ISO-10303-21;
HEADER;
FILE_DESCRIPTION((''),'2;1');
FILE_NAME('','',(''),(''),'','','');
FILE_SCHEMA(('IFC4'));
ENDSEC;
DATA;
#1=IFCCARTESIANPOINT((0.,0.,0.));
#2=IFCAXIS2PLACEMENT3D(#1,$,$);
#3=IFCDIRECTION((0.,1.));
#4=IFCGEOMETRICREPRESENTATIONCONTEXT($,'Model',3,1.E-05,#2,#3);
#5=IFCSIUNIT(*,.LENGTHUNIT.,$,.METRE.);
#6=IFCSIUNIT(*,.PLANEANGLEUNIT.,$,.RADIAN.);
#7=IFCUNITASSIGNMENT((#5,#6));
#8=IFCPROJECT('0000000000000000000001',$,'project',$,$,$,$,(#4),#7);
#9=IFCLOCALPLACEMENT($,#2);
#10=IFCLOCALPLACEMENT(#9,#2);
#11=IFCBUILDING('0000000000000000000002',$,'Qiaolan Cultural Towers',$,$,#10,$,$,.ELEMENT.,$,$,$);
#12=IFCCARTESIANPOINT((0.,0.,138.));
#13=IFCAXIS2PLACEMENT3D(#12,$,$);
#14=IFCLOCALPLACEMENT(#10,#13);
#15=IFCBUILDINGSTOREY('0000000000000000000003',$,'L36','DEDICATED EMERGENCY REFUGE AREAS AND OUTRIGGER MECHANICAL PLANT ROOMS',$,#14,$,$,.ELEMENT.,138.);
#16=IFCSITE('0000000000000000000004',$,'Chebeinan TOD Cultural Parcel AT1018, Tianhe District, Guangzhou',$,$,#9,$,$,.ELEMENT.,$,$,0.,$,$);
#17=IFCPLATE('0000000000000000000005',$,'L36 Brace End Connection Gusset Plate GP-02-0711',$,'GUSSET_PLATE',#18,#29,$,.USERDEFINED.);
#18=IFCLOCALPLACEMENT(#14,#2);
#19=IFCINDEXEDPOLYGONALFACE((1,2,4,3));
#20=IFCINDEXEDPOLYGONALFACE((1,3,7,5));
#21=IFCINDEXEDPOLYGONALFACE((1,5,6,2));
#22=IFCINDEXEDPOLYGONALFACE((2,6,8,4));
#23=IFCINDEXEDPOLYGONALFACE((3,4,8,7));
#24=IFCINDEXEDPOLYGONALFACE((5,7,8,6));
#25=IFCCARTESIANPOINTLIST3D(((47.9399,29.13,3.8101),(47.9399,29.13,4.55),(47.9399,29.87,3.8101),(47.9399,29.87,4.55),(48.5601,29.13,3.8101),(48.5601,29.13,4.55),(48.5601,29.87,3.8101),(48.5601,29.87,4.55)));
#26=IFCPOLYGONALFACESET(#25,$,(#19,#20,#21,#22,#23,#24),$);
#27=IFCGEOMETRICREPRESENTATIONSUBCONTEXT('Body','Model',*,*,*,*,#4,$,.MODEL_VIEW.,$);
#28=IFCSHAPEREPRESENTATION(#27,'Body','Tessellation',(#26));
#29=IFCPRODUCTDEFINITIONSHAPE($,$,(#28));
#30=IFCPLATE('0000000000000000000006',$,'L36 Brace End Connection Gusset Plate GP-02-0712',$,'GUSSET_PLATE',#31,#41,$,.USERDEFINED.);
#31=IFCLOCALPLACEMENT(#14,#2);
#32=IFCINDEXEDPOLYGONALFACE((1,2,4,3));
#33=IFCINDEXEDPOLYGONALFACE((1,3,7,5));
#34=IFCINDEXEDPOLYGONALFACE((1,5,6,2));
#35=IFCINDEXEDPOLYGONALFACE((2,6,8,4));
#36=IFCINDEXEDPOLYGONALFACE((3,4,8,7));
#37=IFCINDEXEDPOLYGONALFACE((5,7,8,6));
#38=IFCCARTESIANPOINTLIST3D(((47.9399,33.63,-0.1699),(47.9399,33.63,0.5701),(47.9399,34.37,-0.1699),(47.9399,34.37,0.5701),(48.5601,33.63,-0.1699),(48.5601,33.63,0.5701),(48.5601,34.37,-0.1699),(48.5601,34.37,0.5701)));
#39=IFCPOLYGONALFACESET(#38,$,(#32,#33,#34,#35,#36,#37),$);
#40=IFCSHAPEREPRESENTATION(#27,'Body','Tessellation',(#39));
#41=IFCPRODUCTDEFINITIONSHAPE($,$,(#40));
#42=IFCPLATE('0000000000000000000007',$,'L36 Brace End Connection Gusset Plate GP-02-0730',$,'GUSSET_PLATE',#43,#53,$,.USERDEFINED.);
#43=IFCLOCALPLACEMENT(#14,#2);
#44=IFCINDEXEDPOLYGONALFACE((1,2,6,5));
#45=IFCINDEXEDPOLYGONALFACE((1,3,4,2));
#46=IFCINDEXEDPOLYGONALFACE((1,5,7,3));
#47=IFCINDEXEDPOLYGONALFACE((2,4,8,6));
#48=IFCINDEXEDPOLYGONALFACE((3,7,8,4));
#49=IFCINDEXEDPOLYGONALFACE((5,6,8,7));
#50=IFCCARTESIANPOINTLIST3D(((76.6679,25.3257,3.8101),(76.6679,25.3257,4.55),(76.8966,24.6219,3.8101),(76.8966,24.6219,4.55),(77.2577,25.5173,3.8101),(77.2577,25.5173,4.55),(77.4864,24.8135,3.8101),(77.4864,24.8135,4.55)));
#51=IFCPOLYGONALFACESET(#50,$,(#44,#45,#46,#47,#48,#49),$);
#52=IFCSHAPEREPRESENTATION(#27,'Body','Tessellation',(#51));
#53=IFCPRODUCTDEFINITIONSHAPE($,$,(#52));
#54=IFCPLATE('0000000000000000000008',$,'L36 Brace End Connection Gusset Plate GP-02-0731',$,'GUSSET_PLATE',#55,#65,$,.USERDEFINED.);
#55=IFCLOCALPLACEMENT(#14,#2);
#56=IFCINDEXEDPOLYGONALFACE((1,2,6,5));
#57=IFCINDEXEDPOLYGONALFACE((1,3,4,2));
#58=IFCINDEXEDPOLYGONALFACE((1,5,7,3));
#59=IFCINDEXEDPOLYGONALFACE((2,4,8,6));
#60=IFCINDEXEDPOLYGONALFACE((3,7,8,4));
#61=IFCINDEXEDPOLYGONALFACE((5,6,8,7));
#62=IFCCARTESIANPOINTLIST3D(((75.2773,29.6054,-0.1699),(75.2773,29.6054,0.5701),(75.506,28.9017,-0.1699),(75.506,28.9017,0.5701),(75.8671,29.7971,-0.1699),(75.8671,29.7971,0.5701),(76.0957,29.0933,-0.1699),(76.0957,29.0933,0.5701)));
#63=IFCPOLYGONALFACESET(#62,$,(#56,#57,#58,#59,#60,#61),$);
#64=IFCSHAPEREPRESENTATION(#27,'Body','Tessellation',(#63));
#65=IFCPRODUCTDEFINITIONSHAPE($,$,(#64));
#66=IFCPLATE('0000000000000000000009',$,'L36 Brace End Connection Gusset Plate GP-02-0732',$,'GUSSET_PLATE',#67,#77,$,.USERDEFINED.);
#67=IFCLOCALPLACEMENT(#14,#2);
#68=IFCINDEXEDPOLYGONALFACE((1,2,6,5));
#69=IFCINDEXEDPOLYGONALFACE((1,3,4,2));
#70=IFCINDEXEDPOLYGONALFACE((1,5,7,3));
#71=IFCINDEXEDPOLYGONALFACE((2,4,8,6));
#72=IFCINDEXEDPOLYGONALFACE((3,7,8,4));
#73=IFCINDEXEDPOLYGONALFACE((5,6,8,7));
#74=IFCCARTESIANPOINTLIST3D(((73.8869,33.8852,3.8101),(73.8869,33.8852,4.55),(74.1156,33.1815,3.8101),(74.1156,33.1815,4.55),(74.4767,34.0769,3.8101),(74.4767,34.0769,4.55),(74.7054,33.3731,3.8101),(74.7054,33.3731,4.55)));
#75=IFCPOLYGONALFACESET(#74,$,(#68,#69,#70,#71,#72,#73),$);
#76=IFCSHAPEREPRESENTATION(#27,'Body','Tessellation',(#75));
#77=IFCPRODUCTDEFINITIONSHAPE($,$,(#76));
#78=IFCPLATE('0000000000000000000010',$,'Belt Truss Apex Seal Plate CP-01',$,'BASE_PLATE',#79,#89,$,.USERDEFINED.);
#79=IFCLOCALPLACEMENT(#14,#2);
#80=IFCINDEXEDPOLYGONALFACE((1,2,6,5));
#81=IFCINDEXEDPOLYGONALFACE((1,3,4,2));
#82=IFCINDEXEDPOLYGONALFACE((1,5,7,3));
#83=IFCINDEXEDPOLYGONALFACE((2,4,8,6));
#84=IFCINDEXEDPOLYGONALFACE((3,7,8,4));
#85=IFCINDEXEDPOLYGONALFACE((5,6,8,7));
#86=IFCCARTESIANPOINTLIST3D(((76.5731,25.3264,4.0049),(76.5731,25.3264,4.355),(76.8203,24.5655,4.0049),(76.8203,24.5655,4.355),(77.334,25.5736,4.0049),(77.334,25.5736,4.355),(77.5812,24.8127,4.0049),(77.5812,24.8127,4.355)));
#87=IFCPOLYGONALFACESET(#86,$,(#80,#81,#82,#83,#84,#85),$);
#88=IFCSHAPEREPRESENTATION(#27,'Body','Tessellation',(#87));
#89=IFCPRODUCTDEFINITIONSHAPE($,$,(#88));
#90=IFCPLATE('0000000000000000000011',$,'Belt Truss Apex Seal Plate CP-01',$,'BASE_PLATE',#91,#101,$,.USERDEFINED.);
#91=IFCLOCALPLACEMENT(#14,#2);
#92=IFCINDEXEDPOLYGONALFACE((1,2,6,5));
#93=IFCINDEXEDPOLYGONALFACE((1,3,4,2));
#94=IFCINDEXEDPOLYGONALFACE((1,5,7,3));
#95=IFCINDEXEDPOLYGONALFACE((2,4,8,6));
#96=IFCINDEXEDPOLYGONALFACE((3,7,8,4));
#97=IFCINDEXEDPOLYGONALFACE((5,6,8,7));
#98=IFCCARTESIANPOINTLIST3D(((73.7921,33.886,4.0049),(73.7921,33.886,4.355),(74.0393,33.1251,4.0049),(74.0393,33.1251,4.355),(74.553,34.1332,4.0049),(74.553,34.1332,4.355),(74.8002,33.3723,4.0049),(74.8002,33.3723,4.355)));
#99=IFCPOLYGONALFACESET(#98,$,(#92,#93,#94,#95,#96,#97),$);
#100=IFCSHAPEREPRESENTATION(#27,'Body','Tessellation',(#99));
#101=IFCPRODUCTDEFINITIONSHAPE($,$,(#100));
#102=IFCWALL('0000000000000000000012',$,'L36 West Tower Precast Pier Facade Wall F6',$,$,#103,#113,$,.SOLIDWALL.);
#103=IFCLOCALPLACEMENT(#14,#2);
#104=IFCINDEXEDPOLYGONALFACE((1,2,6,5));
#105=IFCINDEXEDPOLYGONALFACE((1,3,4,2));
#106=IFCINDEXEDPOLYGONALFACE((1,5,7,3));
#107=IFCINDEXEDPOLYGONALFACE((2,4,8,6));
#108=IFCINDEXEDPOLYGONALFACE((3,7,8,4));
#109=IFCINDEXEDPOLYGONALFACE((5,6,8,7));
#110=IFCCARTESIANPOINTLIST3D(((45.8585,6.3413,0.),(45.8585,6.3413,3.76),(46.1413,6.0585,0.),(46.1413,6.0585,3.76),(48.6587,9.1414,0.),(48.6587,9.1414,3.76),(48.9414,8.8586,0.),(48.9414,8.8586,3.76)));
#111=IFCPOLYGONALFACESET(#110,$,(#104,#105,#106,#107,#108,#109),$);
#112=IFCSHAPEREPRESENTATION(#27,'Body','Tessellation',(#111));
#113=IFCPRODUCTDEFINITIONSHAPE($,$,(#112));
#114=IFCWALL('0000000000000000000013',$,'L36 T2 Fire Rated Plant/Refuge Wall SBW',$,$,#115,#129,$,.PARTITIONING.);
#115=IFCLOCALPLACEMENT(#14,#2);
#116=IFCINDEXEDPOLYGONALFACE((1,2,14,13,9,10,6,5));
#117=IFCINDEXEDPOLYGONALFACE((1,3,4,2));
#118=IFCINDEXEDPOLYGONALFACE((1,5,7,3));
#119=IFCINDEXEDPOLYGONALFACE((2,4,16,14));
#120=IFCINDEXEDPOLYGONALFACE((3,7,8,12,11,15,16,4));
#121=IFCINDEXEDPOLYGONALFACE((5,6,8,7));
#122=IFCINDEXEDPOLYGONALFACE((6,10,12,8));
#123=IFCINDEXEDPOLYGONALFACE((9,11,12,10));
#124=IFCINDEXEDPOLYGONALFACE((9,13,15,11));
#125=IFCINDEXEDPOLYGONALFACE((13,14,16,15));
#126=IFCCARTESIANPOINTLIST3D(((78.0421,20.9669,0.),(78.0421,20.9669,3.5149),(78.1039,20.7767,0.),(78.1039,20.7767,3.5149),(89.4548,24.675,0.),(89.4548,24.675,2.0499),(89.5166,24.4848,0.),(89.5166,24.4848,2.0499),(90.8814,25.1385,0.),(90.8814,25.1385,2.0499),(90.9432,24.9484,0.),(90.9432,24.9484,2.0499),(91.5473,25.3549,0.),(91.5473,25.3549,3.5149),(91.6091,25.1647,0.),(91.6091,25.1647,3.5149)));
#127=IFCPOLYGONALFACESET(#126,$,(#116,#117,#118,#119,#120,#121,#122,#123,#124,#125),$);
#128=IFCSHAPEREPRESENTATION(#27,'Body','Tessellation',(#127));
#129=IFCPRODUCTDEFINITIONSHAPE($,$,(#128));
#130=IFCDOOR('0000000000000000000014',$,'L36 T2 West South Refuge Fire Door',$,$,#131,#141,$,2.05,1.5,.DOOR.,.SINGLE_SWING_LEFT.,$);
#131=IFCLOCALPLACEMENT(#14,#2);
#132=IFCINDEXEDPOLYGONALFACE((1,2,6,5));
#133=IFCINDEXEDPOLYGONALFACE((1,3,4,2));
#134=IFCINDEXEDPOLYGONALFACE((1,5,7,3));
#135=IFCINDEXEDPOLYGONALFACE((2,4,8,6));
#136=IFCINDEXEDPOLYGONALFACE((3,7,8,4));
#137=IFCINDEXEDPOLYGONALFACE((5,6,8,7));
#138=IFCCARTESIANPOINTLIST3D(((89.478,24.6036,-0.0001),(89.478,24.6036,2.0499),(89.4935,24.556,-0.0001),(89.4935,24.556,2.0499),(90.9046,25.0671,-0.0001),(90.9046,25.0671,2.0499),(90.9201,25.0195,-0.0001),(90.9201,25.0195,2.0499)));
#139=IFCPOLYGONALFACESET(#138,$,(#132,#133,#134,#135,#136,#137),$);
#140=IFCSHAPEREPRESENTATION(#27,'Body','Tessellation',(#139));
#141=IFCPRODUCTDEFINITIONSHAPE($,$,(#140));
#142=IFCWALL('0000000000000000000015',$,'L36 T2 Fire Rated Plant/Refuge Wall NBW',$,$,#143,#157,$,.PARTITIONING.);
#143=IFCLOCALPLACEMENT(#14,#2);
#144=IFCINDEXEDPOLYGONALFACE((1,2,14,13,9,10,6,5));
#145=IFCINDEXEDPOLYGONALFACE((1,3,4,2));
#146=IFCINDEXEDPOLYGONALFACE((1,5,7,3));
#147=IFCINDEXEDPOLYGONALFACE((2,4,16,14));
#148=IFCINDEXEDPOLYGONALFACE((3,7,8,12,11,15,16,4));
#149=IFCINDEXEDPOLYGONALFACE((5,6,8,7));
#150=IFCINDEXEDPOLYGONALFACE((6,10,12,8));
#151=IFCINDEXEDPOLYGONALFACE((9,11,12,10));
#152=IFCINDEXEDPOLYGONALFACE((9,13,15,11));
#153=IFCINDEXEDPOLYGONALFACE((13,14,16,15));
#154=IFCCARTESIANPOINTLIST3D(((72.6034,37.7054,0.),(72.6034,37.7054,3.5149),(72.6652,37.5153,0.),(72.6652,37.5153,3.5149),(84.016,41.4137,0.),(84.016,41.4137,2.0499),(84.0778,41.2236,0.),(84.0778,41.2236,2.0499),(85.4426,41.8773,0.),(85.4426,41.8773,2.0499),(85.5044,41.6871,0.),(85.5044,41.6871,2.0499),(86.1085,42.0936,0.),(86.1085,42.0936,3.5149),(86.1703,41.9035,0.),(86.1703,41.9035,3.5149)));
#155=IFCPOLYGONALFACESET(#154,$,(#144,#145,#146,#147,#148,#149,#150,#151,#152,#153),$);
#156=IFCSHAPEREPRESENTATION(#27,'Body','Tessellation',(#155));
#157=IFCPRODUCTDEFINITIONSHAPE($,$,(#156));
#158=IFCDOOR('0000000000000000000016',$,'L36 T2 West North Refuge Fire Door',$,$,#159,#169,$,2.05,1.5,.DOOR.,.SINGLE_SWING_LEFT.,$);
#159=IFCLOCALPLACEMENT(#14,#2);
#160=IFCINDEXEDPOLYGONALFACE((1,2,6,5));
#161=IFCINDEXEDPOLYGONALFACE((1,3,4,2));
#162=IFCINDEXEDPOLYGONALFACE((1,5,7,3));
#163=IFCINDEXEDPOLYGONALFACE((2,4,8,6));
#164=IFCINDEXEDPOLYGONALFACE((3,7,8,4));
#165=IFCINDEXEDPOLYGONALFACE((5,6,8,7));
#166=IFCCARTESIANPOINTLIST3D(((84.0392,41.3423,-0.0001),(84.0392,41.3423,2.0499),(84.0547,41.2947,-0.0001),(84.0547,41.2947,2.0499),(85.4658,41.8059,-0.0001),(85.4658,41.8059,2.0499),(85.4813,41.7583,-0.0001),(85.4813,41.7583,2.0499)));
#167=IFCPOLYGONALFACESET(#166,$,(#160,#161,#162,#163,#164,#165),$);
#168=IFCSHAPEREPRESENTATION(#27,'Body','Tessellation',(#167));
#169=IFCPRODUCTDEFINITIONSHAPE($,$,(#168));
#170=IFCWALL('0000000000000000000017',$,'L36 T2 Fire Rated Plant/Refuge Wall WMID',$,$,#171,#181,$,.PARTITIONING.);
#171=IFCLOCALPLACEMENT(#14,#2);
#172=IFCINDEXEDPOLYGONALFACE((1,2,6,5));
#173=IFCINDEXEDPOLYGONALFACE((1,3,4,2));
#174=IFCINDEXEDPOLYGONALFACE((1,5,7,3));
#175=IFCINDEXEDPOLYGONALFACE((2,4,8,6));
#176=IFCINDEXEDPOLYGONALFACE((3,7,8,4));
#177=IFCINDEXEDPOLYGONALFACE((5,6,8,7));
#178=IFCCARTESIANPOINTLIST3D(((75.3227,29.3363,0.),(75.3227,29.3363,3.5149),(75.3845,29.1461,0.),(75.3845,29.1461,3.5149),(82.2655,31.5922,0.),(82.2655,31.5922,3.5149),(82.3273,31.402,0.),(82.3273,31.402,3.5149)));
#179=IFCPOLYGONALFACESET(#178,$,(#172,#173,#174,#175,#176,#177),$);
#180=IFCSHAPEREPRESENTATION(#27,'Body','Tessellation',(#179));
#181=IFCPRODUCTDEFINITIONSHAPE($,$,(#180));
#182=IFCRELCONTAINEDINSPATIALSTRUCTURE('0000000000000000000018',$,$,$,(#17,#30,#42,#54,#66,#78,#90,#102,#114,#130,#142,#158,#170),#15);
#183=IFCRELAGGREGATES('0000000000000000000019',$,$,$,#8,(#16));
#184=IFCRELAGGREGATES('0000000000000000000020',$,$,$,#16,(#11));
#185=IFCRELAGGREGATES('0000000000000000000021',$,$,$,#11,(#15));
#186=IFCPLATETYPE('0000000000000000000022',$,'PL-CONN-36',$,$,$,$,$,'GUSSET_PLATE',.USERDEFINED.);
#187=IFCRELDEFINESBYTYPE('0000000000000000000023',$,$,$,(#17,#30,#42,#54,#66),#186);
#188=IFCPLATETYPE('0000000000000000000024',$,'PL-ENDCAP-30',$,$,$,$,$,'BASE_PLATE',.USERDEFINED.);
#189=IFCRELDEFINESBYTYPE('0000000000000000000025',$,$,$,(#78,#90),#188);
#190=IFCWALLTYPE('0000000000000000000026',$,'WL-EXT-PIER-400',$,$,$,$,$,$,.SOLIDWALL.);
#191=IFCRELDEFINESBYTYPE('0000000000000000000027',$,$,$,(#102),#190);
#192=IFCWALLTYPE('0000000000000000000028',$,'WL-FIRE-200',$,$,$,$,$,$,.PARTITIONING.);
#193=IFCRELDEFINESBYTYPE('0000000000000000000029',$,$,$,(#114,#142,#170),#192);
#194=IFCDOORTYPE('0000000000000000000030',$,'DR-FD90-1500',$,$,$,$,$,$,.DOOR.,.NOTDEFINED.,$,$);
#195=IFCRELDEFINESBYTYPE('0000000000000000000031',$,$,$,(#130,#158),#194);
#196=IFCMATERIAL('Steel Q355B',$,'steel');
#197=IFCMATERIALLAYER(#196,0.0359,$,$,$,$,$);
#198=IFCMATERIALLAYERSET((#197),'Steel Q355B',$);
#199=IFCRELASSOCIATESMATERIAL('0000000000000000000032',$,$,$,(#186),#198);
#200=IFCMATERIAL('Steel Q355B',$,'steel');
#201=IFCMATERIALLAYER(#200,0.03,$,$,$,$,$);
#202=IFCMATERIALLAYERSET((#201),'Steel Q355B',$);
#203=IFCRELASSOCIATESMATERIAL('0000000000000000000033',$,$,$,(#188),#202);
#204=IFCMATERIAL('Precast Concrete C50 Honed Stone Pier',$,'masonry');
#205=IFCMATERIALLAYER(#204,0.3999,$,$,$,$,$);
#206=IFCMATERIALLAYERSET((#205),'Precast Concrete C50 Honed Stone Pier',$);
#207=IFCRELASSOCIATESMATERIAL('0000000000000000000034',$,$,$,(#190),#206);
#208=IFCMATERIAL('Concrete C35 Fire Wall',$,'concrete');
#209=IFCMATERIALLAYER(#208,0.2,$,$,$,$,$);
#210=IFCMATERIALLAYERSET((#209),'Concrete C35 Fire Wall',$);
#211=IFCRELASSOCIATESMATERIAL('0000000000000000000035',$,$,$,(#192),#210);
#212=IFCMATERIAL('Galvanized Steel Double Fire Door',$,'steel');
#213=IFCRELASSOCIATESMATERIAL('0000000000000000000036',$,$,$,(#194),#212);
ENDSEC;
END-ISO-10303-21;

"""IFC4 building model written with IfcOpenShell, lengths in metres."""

from ifc_helpers import new_model, si_unit, direction, frame, frame_2d, origin, origin_2d, place, context, subcontext, project, spatial, rectangle, extrude, material, layer, layer_set, type_object, element, fill, save


model = new_model("IFC4")

# Units and contexts
model_context = context("Model", 3, precision=1e-05, world=origin(), true_north=direction((0.0, 1.0)))
body_context = subcontext(model_context, "Body", "Model", "MODEL_VIEW")
ifc_project = project(units=[si_unit("LENGTHUNIT", "METRE"), si_unit("PLANEANGLEUNIT", "RADIAN")], contexts=[model_context])

# Site, building, storey
site_placement = place(None, origin())
site = spatial("IfcSite", under=ifc_project, at=site_placement, Name="Chebeinan TOD Cultural Parcel AT1018, Tianhe District, Guangzhou", CompositionType="ELEMENT", RefElevation=0.0)
building_placement = place(site_placement, origin())
building = spatial("IfcBuilding", under=site, at=building_placement, Name="Qiaolan Cultural Towers", CompositionType="ELEMENT")
storey_placement = place(building_placement, frame((0.0, 0.0, 138.0)))
storey = spatial("IfcBuildingStorey", under=building, at=storey_placement, Name="L36", Description="DEDICATED EMERGENCY REFUGE AREAS AND OUTRIGGER MECHANICAL PLANT ROOMS", CompositionType="ELEMENT", Elevation=138.0)

# Plates
ifc_material_1 = material(Name="Steel Q355B", Category="steel")
ifc_layer_1 = layer(ifc_material_1, 0.0359)
ifc_layer_set_1 = layer_set([ifc_layer_1], Name="Steel Q355B")
plate_type_1 = type_object("IfcPlateType", Name="PL-CONN-36", ElementType="GUSSET_PLATE", PredefinedType="USERDEFINED", material=ifc_layer_set_1)
for number, where, z_axis, x_axis, name in (
    (1, (48.25, 29.5, 3.8101), (0.0, 0.0, 1.0), (0.0, 1.0, 0.0), "L36 Brace End Connection Gusset Plate GP-02-0711"),
    (2, (48.25, 34.0, -0.1699), (0.0, 0.0, 1.0), (0.0, 1.0, 0.0), "L36 Brace End Connection Gusset Plate GP-02-0712"),
    (3, (77.0771, 25.0696, 3.8101), (0.0, 0.0, 1.0), (-0.309017, 0.951057, 0.0), "L36 Brace End Connection Gusset Plate GP-02-0730"),
    (4, (75.6865, 29.3494, -0.1699), (0.0, 0.0, 1.0), (-0.309017, 0.951057, 0.0), "L36 Brace End Connection Gusset Plate GP-02-0731"),
    (5, (74.2961, 33.6292, 3.8101), (0.0, 0.0, 1.0), (-0.309017, 0.951057, 0.0), "L36 Brace End Connection Gusset Plate GP-02-0732"),
):
    element("IfcPlate", number, at=place(storey_placement, frame(where, z_axis=z_axis, x_axis=x_axis)), inside=storey, type_object=plate_type_1, Name=name, ObjectType="GUSSET_PLATE", PredefinedType="USERDEFINED", context=body_context, shape_type="SweptSolid", body=[
        extrude(rectangle(XDim=0.74, YDim=0.6201, at=origin_2d()), origin(), (0.0, 0.0, 1.0), 0.74),
    ])
ifc_material_2 = material(Name="Steel Q355B", Category="steel")
ifc_layer_2 = layer(ifc_material_2, 0.03)
ifc_layer_set_2 = layer_set([ifc_layer_2], Name="Steel Q355B")
plate_type_2 = type_object("IfcPlateType", Name="PL-ENDCAP-30", ElementType="BASE_PLATE", PredefinedType="USERDEFINED", material=ifc_layer_set_2)
for number, where, z_axis, x_axis, name in (
    (6, (77.0771, 25.0696, 4.0049), (0.0, 0.0, 1.0), (0.951057, 0.309017, 0.0), "Belt Truss Apex Seal Plate CP-01"),
    (7, (74.2961, 33.6292, 4.0049), (0.0, 0.0, 1.0), (0.951057, 0.309017, 0.0), "Belt Truss Apex Seal Plate CP-01"),
):
    element("IfcPlate", number, at=place(storey_placement, frame(where, z_axis=z_axis, x_axis=x_axis)), inside=storey, type_object=plate_type_2, Name=name, ObjectType="BASE_PLATE", PredefinedType="USERDEFINED", context=body_context, shape_type="SweptSolid", body=[
        extrude(rectangle(XDim=0.8, YDim=0.8, at=origin_2d()), origin(), (0.0, 0.0, 1.0), 0.3501),
    ])

# Wall
ifc_material_3 = material(Name="Precast Concrete C50 Honed Stone Pier", Category="masonry")
ifc_layer_3 = layer(ifc_material_3, 0.3999)
ifc_layer_set_3 = layer_set([ifc_layer_3], Name="Precast Concrete C50 Honed Stone Pier")
wall_type_1 = type_object("IfcWallType", Name="WL-EXT-PIER-400", PredefinedType="SOLIDWALL", material=ifc_layer_set_3)
wall_1_placement = place(storey_placement, frame((48.8, 9.0, 0.0), z_axis=(0.0, 0.0, 1.0), x_axis=(-0.707107, -0.707107, 0.0)))
element("IfcWall", 8, at=wall_1_placement, inside=storey, type_object=wall_type_1, Name="L36 West Tower Precast Pier Facade Wall F6", PredefinedType="SOLIDWALL", context=body_context, shape_type="SweptSolid", body=[
    extrude(rectangle(XDim=3.96, YDim=0.3999, at=frame_2d((1.98, 0.0))), origin(), (0.0, 0.0, 1.0), 3.76),
])

# Walls, openings, doors
ifc_material_4 = material(Name="Concrete C35 Fire Wall", Category="concrete")
ifc_layer_4 = layer(ifc_material_4, 0.2)
ifc_layer_set_4 = layer_set([ifc_layer_4], Name="Concrete C35 Fire Wall")
wall_type_2 = type_object("IfcWallType", Name="WL-FIRE-200", PredefinedType="PARTITIONING", material=ifc_layer_set_4)
wall_2_placement = place(storey_placement, frame((78.073, 20.8718, 0.0), z_axis=(0.0, 0.0, 1.0), x_axis=(0.951059, 0.309008, 0.0)))
wall_2 = element("IfcWall", 9, at=wall_2_placement, inside=storey, type_object=wall_type_2, Name="L36 T2 Fire Rated Plant/Refuge Wall SBW", PredefinedType="PARTITIONING", context=body_context, shape_type="SweptSolid", body=[
    extrude(rectangle(XDim=14.2002, YDim=0.2, at=frame_2d((7.1001, 0.0))), origin(), (0.0, 0.0, 1.0), 3.5149),
])
opening_1_placement = place(wall_2_placement, frame((12.0, 0.0, 0.0)))
opening_1 = element("IfcOpeningElement", 10, at=opening_1_placement, cuts=wall_2, PredefinedType="OPENING", context=body_context, shape_type="SweptSolid", body=[
    extrude(rectangle(XDim=1.5, YDim=2.05, at=frame_2d((0.75, 1.0249))), frame((0.0, 0.1099, 0.0), z_axis=(0.0, -1.0, 0.0), x_axis=(1.0, 0.0, 0.0)), (0.0, 0.0, 1.0), 0.22),
])
ifc_material_5 = material(Name="Galvanized Steel Double Fire Door", Category="steel")
door_type = type_object("IfcDoorType", Name="DR-FD90-1500", OperationType="NOTDEFINED", PredefinedType="DOOR", material=ifc_material_5)
door_1_placement = place(opening_1_placement, origin())
door_1 = element("IfcDoor", 11, at=door_1_placement, inside=storey, type_object=door_type, Name="L36 T2 West South Refuge Fire Door", OperationType="SINGLE_SWING_LEFT", OverallHeight=2.05, OverallWidth=1.5, PredefinedType="DOOR", context=body_context, shape_type="SweptSolid", body=[
    extrude(rectangle(XDim=1.5, YDim=2.05, at=frame_2d((0.75, 1.0249))), frame((0.0, 0.0249, 0.0), z_axis=(0.0, -1.0, 0.0), x_axis=(1.0, 0.0, 0.0)), (0.0, 0.0, 1.0), 0.05),
])
fill(opening_1, door_1)
wall_3_placement = place(storey_placement, frame((72.6343, 37.6104, 0.0), z_axis=(0.0, 0.0, 1.0), x_axis=(0.951054, 0.309023, 0.0)))
wall_3 = element("IfcWall", 12, at=wall_3_placement, inside=storey, type_object=wall_type_2, Name="L36 T2 Fire Rated Plant/Refuge Wall NBW", PredefinedType="PARTITIONING", context=body_context, shape_type="SweptSolid", body=[
    extrude(rectangle(XDim=14.2002, YDim=0.2, at=frame_2d((7.1001, 0.0))), origin(), (0.0, 0.0, 1.0), 3.5149),
])
opening_2_placement = place(wall_3_placement, frame((12.0, 0.0, 0.0)))
opening_2 = element("IfcOpeningElement", 13, at=opening_2_placement, cuts=wall_3, PredefinedType="OPENING", context=body_context, shape_type="SweptSolid", body=[
    extrude(rectangle(XDim=1.5, YDim=2.05, at=frame_2d((0.75, 1.0249))), frame((0.0, 0.1099, 0.0), z_axis=(0.0, -1.0, 0.0), x_axis=(1.0, 0.0, 0.0)), (0.0, 0.0, 1.0), 0.22),
])
door_2_placement = place(opening_2_placement, origin())
door_2 = element("IfcDoor", 14, at=door_2_placement, inside=storey, type_object=door_type, Name="L36 T2 West North Refuge Fire Door", OperationType="SINGLE_SWING_LEFT", OverallHeight=2.05, OverallWidth=1.5, PredefinedType="DOOR", context=body_context, shape_type="SweptSolid", body=[
    extrude(rectangle(XDim=1.5, YDim=2.05, at=frame_2d((0.75, 1.0249))), frame((0.0, 0.0249, 0.0), z_axis=(0.0, -1.0, 0.0), x_axis=(1.0, 0.0, 0.0)), (0.0, 0.0, 1.0), 0.05),
])
fill(opening_2, door_2)

# Wall
wall_4_placement = place(storey_placement, frame((75.3538, 29.2412, 0.0), z_axis=(0.0, 0.0, 1.0), x_axis=(0.951054, 0.309025, 0.0)))
element("IfcWall", 15, at=wall_4_placement, inside=storey, type_object=wall_type_2, Name="L36 T2 Fire Rated Plant/Refuge Wall WMID", PredefinedType="PARTITIONING", context=body_context, shape_type="SweptSolid", body=[
    extrude(rectangle(XDim=7.3, YDim=0.2, at=frame_2d((3.6499, 0.0))), origin(), (0.0, 0.0, 1.0), 3.5149),
])

save(model, "model.ifc")
